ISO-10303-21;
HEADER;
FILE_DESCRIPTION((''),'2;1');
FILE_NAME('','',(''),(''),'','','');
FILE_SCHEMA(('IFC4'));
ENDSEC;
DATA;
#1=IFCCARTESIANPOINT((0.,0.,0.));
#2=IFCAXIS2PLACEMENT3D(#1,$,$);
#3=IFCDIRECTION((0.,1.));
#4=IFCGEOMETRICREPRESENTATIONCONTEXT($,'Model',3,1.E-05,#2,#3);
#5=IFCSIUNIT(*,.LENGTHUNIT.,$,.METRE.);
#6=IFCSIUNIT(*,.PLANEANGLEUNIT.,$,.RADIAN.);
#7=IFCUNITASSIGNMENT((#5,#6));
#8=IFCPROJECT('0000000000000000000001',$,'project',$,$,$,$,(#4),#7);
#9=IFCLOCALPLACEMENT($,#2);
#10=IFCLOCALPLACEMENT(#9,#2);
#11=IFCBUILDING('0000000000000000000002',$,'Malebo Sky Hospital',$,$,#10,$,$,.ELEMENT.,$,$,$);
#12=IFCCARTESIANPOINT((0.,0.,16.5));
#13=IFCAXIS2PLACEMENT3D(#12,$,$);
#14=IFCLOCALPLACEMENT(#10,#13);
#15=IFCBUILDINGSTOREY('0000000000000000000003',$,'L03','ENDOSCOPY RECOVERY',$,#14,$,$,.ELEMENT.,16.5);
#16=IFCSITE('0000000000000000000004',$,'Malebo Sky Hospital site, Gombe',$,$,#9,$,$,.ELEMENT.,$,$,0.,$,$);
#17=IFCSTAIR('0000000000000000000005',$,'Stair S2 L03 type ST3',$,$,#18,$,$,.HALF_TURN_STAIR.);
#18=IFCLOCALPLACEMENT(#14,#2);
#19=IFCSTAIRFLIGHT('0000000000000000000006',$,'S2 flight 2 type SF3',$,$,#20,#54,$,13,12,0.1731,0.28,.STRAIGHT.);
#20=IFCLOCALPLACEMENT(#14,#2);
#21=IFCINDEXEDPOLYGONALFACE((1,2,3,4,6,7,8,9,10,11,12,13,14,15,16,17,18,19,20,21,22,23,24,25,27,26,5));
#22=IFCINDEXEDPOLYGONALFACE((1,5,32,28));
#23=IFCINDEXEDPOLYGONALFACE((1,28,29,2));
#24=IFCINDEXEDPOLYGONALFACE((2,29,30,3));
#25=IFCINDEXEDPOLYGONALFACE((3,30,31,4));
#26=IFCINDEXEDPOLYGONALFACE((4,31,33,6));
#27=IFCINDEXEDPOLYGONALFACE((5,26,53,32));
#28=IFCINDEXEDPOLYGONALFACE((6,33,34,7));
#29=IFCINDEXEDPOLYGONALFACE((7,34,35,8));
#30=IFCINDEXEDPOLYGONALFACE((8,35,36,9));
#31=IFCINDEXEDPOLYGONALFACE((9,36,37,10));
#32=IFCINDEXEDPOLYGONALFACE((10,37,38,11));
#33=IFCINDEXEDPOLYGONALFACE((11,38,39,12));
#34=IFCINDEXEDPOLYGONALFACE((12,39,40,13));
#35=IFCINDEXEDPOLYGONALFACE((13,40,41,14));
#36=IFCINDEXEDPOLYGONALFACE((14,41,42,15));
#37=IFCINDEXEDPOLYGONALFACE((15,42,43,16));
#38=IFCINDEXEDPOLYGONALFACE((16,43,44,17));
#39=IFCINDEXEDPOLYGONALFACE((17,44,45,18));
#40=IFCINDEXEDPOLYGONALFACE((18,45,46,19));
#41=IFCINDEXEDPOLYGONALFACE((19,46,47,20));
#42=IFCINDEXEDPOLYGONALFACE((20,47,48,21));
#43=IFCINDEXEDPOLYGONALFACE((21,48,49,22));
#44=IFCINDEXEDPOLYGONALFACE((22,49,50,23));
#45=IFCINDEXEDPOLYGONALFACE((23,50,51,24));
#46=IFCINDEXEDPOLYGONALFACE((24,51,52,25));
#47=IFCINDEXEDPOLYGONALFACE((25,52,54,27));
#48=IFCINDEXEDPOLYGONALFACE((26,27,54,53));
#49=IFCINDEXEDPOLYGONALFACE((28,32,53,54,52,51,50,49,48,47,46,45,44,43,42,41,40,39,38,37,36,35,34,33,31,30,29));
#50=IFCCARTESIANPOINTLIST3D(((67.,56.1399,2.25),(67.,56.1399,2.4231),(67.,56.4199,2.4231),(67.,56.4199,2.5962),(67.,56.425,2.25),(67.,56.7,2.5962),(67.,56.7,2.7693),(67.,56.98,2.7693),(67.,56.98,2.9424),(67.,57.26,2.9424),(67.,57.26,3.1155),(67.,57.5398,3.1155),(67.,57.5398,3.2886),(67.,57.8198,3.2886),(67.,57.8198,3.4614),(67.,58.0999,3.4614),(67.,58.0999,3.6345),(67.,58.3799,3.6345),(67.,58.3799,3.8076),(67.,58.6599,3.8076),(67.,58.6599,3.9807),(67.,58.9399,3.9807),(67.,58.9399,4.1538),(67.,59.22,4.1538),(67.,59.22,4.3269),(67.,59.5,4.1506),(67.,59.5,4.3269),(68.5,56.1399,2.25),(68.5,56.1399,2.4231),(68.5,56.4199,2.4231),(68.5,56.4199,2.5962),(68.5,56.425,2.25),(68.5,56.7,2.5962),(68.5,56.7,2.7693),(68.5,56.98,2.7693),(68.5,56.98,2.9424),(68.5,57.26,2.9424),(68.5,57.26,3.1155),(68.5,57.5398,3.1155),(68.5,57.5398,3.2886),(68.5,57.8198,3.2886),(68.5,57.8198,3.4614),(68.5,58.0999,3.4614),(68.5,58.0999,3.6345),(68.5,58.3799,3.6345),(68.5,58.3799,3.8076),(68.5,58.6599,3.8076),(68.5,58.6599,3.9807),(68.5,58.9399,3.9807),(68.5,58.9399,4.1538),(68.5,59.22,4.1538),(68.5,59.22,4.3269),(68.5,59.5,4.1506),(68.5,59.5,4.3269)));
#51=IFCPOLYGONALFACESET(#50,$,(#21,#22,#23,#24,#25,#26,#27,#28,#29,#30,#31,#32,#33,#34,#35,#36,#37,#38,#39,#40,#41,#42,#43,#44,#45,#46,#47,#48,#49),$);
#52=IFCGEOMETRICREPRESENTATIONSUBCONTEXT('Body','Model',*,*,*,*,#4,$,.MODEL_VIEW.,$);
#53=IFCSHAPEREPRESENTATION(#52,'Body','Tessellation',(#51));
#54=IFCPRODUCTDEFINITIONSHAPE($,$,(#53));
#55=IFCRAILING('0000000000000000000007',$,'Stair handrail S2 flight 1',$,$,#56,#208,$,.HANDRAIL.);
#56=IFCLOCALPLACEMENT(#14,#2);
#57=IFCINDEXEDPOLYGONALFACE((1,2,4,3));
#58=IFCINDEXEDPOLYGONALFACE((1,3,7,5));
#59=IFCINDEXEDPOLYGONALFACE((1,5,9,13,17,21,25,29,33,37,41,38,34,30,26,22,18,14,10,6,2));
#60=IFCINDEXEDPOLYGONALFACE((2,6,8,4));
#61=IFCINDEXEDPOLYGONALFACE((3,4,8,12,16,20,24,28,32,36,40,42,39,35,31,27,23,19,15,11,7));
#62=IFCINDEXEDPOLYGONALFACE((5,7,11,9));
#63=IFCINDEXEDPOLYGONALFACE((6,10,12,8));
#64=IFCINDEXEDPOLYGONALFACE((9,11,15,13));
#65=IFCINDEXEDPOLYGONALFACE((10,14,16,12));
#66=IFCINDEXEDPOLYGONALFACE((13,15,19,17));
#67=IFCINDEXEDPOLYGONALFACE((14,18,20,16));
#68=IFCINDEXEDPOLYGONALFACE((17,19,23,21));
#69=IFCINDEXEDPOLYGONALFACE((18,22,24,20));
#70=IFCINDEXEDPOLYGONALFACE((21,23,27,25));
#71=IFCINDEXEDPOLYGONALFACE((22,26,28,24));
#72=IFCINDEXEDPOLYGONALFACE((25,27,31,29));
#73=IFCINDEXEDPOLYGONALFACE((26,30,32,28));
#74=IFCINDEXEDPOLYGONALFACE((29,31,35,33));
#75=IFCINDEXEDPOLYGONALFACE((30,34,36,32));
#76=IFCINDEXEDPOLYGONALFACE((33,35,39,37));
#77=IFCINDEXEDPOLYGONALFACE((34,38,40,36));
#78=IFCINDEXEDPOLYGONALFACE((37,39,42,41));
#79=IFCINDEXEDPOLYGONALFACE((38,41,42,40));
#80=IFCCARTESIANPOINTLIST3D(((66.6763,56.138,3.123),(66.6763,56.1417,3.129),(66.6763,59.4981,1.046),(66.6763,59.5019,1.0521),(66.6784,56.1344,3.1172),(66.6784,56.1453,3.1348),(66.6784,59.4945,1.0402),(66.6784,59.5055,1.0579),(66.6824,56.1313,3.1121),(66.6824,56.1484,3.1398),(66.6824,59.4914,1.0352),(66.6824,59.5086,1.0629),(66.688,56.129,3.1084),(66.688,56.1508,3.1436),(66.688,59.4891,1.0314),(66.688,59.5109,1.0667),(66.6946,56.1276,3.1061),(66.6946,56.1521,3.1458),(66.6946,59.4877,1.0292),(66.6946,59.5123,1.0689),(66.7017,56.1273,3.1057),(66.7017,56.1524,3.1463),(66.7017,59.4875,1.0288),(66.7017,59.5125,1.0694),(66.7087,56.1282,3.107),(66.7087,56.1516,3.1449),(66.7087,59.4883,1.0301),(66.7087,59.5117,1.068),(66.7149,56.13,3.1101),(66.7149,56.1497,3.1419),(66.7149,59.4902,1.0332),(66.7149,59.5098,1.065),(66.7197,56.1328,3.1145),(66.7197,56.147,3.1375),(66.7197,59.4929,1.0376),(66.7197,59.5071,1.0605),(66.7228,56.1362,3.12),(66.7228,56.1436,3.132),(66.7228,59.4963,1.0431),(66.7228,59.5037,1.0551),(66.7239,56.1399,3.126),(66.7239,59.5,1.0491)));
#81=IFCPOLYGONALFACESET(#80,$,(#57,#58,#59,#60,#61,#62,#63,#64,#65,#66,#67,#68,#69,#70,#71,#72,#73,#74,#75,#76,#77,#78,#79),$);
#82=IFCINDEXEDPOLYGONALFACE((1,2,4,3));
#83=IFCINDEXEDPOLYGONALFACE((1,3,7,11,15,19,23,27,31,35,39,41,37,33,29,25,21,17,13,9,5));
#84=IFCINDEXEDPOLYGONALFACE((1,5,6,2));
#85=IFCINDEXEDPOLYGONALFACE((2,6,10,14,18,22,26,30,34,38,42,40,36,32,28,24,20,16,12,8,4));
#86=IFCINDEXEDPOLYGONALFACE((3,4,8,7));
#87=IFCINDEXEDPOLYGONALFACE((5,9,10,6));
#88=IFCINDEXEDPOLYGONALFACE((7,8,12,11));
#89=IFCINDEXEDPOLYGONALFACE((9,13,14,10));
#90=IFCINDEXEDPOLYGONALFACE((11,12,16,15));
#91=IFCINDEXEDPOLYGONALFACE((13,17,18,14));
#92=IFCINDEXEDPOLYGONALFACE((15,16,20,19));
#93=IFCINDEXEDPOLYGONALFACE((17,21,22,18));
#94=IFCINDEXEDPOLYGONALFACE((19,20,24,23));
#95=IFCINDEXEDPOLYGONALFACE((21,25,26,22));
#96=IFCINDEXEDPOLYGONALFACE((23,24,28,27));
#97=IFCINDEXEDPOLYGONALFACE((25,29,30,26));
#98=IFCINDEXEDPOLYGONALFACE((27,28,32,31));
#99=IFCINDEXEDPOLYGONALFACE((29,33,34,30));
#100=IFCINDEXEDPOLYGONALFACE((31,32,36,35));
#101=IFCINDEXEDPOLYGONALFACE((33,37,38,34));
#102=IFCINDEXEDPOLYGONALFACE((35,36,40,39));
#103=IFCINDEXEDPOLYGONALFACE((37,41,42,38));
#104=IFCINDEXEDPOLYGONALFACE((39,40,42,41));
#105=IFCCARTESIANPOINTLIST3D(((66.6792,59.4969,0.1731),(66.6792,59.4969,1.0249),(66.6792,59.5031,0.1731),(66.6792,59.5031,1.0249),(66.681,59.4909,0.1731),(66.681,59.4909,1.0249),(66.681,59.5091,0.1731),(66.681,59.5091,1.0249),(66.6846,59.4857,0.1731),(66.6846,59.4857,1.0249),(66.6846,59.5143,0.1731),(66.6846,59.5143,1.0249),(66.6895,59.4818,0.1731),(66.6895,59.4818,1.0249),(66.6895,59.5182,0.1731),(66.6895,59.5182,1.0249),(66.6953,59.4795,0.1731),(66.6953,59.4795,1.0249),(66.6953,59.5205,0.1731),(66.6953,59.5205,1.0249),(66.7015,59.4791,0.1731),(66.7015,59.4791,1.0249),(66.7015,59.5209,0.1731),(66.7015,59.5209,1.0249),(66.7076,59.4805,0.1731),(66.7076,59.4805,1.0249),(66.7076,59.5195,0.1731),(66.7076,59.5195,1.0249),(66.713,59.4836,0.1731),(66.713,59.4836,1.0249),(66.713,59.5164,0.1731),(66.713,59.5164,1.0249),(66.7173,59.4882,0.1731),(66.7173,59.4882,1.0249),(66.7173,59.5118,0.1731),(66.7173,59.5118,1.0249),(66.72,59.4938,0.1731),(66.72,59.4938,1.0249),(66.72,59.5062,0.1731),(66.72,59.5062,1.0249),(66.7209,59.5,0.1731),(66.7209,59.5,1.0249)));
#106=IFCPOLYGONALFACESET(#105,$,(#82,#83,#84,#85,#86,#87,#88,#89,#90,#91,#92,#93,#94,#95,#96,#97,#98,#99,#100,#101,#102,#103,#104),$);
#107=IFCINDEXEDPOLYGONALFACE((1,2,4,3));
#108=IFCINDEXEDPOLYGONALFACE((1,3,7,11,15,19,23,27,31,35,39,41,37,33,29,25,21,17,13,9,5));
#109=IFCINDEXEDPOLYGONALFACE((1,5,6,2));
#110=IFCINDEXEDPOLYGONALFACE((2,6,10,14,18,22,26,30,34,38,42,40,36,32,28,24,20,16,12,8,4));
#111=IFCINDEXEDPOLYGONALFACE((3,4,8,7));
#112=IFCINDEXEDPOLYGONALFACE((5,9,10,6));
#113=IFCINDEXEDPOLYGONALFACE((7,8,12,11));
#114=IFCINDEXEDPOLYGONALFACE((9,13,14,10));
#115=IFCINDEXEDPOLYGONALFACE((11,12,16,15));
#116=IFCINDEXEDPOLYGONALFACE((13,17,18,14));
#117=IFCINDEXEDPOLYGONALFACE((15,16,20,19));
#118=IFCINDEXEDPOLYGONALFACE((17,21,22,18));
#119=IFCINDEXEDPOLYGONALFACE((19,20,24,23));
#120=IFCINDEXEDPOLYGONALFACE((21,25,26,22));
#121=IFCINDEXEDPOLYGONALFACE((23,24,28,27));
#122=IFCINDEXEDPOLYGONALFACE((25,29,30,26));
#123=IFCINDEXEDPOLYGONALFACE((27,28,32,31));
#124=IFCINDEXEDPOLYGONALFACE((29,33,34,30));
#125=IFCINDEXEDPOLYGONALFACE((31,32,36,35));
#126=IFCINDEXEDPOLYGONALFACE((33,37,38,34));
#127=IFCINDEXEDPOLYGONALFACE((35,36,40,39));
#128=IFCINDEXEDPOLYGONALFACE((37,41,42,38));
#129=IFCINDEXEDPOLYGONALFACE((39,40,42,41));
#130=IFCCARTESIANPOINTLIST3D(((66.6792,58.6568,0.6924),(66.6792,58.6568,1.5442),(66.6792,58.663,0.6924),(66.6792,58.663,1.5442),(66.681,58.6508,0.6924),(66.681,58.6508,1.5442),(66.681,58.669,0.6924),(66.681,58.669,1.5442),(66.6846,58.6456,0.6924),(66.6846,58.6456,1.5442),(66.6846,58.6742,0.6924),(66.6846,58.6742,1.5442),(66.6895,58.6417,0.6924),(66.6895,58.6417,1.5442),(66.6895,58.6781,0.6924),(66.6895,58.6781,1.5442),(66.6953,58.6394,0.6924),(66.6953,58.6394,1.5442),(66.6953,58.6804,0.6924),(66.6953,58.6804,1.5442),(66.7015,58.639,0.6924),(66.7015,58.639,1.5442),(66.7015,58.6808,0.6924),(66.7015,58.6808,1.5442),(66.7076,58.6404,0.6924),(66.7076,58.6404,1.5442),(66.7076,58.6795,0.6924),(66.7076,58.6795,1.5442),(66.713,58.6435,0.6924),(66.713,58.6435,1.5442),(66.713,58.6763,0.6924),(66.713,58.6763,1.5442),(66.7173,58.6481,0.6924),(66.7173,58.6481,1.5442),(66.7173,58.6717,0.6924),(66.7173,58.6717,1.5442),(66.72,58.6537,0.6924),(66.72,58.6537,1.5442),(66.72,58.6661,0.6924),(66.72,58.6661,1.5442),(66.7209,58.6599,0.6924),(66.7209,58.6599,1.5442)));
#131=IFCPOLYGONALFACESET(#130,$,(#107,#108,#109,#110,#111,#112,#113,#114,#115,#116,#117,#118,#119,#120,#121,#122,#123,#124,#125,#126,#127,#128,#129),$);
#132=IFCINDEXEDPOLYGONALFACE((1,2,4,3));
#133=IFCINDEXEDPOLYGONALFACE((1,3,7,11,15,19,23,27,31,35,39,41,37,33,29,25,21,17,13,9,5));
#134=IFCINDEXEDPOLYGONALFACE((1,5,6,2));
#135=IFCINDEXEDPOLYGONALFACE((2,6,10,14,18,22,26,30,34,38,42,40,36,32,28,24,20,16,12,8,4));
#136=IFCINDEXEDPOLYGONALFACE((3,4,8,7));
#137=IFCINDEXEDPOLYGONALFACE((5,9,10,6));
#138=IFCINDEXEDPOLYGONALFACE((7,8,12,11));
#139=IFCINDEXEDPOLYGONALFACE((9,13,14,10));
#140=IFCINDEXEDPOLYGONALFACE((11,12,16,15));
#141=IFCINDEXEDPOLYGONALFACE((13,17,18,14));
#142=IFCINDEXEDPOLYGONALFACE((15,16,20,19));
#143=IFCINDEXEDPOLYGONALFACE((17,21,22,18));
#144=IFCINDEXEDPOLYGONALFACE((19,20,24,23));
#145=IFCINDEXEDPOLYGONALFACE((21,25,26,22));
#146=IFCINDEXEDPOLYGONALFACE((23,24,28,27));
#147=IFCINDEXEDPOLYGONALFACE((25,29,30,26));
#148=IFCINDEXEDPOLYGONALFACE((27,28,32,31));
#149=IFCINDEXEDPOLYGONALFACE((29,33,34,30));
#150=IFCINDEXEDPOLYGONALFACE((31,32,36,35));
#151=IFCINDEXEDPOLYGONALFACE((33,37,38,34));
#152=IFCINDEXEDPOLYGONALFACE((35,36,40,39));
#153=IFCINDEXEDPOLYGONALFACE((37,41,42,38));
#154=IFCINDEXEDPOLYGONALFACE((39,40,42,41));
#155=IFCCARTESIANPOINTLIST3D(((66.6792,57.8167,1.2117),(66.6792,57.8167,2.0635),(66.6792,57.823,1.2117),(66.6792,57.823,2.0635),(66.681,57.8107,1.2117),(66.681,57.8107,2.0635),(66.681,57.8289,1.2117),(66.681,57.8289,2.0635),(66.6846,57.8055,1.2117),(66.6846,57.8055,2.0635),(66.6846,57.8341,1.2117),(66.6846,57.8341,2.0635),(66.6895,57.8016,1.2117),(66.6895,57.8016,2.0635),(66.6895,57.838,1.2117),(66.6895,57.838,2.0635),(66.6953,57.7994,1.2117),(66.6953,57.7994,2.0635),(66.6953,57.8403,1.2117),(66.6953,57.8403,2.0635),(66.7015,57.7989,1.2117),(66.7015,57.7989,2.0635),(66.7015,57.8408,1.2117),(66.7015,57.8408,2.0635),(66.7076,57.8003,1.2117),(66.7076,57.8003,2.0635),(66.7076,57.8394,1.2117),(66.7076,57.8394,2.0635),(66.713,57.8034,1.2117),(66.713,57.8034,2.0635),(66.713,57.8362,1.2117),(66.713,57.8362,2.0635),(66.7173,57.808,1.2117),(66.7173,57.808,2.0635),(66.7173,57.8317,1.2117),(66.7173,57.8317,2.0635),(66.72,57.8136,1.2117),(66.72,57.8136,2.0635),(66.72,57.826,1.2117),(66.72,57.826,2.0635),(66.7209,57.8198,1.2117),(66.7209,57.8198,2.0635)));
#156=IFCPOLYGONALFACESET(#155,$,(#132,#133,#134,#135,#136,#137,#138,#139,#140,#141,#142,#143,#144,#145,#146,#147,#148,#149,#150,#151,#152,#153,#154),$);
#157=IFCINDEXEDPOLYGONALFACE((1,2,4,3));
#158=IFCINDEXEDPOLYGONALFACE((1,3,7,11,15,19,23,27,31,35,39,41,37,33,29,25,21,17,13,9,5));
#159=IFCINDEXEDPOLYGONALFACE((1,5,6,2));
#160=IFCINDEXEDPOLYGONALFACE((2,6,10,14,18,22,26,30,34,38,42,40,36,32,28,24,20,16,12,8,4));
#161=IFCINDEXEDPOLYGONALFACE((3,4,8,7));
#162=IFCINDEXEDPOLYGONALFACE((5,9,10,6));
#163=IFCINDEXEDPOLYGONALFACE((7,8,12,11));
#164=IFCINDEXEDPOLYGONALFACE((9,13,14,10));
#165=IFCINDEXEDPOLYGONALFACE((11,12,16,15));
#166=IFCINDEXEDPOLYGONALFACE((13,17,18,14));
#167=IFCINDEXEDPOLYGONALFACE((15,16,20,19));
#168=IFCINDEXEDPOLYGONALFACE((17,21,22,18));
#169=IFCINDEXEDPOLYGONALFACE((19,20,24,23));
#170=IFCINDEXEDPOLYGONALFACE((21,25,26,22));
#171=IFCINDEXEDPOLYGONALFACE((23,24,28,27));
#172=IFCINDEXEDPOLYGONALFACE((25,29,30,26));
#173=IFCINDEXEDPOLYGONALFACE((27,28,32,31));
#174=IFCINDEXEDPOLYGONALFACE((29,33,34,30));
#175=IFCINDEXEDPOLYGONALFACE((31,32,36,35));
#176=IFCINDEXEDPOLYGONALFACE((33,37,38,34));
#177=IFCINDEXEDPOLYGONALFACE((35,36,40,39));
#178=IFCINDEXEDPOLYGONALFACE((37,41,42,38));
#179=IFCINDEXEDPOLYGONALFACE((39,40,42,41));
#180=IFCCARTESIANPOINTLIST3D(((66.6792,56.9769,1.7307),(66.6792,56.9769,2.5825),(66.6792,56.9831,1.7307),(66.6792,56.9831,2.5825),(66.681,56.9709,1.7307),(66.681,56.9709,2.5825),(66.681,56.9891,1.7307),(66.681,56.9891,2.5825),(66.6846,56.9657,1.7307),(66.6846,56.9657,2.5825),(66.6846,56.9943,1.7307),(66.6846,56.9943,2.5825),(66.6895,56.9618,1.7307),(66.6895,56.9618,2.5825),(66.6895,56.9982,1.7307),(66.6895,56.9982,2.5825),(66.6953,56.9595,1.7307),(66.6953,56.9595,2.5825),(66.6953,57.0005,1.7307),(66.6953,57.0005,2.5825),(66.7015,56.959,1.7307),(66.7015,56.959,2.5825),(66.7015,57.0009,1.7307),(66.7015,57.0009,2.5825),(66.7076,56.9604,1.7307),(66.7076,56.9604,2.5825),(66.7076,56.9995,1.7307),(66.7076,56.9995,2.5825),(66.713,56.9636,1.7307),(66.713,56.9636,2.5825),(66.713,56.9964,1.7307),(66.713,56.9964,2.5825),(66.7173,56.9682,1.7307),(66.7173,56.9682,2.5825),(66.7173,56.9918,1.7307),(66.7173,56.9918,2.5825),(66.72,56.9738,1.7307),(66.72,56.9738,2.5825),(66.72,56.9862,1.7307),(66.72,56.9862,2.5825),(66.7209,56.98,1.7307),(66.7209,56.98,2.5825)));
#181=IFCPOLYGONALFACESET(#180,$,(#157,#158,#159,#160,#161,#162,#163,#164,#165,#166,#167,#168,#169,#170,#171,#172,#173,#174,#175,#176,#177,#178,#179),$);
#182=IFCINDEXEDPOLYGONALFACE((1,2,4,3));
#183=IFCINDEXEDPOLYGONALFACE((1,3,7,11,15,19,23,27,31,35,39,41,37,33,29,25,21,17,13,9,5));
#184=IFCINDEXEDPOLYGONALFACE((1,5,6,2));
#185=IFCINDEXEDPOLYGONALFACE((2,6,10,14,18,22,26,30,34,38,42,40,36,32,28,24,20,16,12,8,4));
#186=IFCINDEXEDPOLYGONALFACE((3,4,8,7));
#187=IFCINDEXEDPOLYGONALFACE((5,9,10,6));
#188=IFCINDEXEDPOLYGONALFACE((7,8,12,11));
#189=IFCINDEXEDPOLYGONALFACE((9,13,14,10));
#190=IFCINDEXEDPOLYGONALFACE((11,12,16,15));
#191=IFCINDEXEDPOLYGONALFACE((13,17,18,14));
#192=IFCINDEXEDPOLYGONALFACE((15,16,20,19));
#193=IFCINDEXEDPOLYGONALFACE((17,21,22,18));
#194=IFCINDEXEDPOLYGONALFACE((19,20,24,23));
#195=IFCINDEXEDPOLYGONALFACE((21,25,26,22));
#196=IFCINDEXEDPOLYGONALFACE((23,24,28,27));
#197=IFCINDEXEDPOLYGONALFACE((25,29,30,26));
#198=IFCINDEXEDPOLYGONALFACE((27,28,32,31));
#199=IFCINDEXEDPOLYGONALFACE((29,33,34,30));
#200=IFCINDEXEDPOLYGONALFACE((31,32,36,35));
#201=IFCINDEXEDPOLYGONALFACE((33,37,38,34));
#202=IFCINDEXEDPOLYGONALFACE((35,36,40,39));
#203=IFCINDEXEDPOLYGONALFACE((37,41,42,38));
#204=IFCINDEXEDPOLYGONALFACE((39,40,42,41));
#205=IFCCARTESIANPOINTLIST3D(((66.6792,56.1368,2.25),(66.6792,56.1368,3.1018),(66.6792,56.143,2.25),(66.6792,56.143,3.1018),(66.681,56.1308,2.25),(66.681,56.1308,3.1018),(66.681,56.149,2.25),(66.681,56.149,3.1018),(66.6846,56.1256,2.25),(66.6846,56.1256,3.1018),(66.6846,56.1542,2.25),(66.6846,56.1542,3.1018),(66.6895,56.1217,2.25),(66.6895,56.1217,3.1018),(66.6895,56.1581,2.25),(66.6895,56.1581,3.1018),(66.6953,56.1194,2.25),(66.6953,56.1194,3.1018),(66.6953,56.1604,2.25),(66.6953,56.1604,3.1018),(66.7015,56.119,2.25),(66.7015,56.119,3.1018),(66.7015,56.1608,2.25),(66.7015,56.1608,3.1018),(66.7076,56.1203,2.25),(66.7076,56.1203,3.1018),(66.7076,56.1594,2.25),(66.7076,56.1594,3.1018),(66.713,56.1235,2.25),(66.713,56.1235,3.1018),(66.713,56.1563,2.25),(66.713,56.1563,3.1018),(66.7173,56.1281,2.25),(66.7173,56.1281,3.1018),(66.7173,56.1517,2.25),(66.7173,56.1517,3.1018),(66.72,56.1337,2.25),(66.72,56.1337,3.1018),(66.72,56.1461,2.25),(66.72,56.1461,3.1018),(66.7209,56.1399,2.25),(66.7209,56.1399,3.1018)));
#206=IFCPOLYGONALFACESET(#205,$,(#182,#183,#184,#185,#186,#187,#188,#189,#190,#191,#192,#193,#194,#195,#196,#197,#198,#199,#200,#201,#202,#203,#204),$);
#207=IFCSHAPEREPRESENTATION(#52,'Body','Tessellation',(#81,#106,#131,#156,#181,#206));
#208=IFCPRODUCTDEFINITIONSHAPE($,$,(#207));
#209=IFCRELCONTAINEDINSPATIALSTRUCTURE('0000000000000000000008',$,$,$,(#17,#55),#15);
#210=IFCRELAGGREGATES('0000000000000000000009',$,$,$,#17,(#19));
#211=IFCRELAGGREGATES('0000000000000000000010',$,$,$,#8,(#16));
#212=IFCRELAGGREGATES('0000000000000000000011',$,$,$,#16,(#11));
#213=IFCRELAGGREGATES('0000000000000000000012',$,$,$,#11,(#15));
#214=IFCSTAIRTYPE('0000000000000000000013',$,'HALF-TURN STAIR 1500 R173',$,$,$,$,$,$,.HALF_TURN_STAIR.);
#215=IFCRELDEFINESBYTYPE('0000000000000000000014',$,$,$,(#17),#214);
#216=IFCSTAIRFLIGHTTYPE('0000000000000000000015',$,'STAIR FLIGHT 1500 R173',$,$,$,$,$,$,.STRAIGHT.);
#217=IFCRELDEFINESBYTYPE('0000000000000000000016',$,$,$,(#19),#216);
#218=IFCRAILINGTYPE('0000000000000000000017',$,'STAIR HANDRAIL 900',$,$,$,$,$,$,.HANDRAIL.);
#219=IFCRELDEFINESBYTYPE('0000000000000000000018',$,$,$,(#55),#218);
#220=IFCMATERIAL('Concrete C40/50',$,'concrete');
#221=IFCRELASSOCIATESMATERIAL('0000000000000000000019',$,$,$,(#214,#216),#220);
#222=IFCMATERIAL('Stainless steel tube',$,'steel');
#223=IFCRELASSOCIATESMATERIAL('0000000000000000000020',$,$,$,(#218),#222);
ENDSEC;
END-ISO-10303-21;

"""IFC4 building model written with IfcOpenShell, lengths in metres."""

from ifc_helpers import new_model, si_unit, direction, frame, origin, origin_2d, place, context, subcontext, project, spatial, polyline, circle, outline, extrude, material, type_object, element, aggregate, save


model = new_model("IFC4")

# Units and contexts
model_context = context("Model", 3, precision=1e-05, world=origin(), true_north=direction((0.0, 1.0)))
body_context = subcontext(model_context, "Body", "Model", "MODEL_VIEW")
ifc_project = project(units=[si_unit("LENGTHUNIT", "METRE"), si_unit("PLANEANGLEUNIT", "RADIAN")], contexts=[model_context])

# Site, building, storey
site_placement = place(None, origin())
site = spatial("IfcSite", under=ifc_project, at=site_placement, Name="Malebo Sky Hospital site, Gombe", CompositionType="ELEMENT", RefElevation=0.0)
building_placement = place(site_placement, origin())
building = spatial("IfcBuilding", under=site, at=building_placement, Name="Malebo Sky Hospital", CompositionType="ELEMENT")
storey_placement = place(building_placement, frame((0.0, 0.0, 16.5)))
storey = spatial("IfcBuildingStorey", under=building, at=storey_placement, Name="L03", Description="ENDOSCOPY RECOVERY", CompositionType="ELEMENT", Elevation=16.5)

# Stair, stair flight
ifc_material_1 = material(Name="Concrete C40/50", Category="concrete")
stair_type = type_object("IfcStairType", Name="HALF-TURN STAIR 1500 R173", PredefinedType="HALF_TURN_STAIR", material=ifc_material_1)
stair_placement = place(storey_placement, origin())
stair = element("IfcStair", 1, at=stair_placement, inside=storey, type_object=stair_type, Name="Stair S2 L03 type ST3", PredefinedType="HALF_TURN_STAIR")
stair_flight_type = type_object("IfcStairFlightType", Name="STAIR FLIGHT 1500 R173", PredefinedType="STRAIGHT", material=ifc_material_1)
stair_flight_1_placement = place(storey_placement, frame((67.75, 56.1399, 2.25), z_axis=(0.0, 0.0, 1.0), x_axis=(0.0, 1.0, 0.0)))
stair_flight_1 = element("IfcStairFlight", 2, at=stair_flight_1_placement, type_object=stair_flight_type, Name="S2 flight 2 type SF3", NumberOfRisers=13, NumberOfTreads=12, PredefinedType="STRAIGHT", RiserHeight=0.1731, TreadLength=0.28, context=body_context, shape_type="SweptSolid", body=[
    extrude(outline(polyline([(0.0, 0.0), (0.0, 0.1731), (0.28, 0.1731), (0.28, 0.3462), (0.5601, 0.3462), (0.5601, 0.5193), (0.8401, 0.5193), (0.8401, 0.6924), (1.1201, 0.6924), (1.1201, 0.8655), (1.3999, 0.8655), (1.3999, 1.0386), (1.6799, 1.0386), (1.6799, 1.2114), (1.96, 1.2114), (1.96, 1.3845), (2.24, 1.3845), (2.24, 1.5576), (2.52, 1.5576), (2.52, 1.7307), (2.8, 1.7307), (2.8, 1.9038), (3.0801, 1.9038), (3.0801, 2.0769), (3.3601, 2.0769), (3.3601, 2.25), (3.3601, 1.9006), (0.2852, 0.0), (0.0, 0.0)])), frame((0.0, 0.75, 0.0), z_axis=(0.0, -1.0, 0.0), x_axis=(1.0, 0.0, 0.0)), (0.0, 0.0, 1.0), 1.5),
])
aggregate(stair, [stair_flight_1])

# Railing
ifc_material_2 = material(Name="Stainless steel tube", Category="steel")
railing_type = type_object("IfcRailingType", Name="STAIR HANDRAIL 900", PredefinedType="HANDRAIL", material=ifc_material_2)
railing_1_placement = place(storey_placement, frame((66.7, 59.5, 0.1731)))
element("IfcRailing", 3, at=railing_1_placement, inside=storey, type_object=railing_type, Name="Stair handrail S2 flight 1", PredefinedType="HANDRAIL", context=body_context, shape_type="SweptSolid", body=[
    extrude(circle(Radius=0.0239, at=origin_2d()), frame((0.0, 0.0, 0.876), z_axis=(0.0, -0.850623, 0.525776), x_axis=(1.0, 0.0, 0.0)), (0.0, 0.0, 1.0), 3.9502),
    extrude(circle(Radius=0.021, at=origin_2d()), origin(), (0.0, 0.0, 1.0), 0.8518),
    extrude(circle(Radius=0.021, at=origin_2d()), frame((0.0, -0.8401, 0.5193)), (0.0, 0.0, 1.0), 0.8518),
    extrude(circle(Radius=0.021, at=origin_2d()), frame((0.0, -1.6802, 1.0386)), (0.0, 0.0, 1.0), 0.8518),
    extrude(circle(Radius=0.021, at=origin_2d()), frame((0.0, -2.52, 1.5576)), (0.0, 0.0, 1.0), 0.8518),
    extrude(circle(Radius=0.021, at=origin_2d()), frame((0.0, -3.3601, 2.0769)), (0.0, 0.0, 1.0), 0.8518),
])

save(model, "model.ifc")
